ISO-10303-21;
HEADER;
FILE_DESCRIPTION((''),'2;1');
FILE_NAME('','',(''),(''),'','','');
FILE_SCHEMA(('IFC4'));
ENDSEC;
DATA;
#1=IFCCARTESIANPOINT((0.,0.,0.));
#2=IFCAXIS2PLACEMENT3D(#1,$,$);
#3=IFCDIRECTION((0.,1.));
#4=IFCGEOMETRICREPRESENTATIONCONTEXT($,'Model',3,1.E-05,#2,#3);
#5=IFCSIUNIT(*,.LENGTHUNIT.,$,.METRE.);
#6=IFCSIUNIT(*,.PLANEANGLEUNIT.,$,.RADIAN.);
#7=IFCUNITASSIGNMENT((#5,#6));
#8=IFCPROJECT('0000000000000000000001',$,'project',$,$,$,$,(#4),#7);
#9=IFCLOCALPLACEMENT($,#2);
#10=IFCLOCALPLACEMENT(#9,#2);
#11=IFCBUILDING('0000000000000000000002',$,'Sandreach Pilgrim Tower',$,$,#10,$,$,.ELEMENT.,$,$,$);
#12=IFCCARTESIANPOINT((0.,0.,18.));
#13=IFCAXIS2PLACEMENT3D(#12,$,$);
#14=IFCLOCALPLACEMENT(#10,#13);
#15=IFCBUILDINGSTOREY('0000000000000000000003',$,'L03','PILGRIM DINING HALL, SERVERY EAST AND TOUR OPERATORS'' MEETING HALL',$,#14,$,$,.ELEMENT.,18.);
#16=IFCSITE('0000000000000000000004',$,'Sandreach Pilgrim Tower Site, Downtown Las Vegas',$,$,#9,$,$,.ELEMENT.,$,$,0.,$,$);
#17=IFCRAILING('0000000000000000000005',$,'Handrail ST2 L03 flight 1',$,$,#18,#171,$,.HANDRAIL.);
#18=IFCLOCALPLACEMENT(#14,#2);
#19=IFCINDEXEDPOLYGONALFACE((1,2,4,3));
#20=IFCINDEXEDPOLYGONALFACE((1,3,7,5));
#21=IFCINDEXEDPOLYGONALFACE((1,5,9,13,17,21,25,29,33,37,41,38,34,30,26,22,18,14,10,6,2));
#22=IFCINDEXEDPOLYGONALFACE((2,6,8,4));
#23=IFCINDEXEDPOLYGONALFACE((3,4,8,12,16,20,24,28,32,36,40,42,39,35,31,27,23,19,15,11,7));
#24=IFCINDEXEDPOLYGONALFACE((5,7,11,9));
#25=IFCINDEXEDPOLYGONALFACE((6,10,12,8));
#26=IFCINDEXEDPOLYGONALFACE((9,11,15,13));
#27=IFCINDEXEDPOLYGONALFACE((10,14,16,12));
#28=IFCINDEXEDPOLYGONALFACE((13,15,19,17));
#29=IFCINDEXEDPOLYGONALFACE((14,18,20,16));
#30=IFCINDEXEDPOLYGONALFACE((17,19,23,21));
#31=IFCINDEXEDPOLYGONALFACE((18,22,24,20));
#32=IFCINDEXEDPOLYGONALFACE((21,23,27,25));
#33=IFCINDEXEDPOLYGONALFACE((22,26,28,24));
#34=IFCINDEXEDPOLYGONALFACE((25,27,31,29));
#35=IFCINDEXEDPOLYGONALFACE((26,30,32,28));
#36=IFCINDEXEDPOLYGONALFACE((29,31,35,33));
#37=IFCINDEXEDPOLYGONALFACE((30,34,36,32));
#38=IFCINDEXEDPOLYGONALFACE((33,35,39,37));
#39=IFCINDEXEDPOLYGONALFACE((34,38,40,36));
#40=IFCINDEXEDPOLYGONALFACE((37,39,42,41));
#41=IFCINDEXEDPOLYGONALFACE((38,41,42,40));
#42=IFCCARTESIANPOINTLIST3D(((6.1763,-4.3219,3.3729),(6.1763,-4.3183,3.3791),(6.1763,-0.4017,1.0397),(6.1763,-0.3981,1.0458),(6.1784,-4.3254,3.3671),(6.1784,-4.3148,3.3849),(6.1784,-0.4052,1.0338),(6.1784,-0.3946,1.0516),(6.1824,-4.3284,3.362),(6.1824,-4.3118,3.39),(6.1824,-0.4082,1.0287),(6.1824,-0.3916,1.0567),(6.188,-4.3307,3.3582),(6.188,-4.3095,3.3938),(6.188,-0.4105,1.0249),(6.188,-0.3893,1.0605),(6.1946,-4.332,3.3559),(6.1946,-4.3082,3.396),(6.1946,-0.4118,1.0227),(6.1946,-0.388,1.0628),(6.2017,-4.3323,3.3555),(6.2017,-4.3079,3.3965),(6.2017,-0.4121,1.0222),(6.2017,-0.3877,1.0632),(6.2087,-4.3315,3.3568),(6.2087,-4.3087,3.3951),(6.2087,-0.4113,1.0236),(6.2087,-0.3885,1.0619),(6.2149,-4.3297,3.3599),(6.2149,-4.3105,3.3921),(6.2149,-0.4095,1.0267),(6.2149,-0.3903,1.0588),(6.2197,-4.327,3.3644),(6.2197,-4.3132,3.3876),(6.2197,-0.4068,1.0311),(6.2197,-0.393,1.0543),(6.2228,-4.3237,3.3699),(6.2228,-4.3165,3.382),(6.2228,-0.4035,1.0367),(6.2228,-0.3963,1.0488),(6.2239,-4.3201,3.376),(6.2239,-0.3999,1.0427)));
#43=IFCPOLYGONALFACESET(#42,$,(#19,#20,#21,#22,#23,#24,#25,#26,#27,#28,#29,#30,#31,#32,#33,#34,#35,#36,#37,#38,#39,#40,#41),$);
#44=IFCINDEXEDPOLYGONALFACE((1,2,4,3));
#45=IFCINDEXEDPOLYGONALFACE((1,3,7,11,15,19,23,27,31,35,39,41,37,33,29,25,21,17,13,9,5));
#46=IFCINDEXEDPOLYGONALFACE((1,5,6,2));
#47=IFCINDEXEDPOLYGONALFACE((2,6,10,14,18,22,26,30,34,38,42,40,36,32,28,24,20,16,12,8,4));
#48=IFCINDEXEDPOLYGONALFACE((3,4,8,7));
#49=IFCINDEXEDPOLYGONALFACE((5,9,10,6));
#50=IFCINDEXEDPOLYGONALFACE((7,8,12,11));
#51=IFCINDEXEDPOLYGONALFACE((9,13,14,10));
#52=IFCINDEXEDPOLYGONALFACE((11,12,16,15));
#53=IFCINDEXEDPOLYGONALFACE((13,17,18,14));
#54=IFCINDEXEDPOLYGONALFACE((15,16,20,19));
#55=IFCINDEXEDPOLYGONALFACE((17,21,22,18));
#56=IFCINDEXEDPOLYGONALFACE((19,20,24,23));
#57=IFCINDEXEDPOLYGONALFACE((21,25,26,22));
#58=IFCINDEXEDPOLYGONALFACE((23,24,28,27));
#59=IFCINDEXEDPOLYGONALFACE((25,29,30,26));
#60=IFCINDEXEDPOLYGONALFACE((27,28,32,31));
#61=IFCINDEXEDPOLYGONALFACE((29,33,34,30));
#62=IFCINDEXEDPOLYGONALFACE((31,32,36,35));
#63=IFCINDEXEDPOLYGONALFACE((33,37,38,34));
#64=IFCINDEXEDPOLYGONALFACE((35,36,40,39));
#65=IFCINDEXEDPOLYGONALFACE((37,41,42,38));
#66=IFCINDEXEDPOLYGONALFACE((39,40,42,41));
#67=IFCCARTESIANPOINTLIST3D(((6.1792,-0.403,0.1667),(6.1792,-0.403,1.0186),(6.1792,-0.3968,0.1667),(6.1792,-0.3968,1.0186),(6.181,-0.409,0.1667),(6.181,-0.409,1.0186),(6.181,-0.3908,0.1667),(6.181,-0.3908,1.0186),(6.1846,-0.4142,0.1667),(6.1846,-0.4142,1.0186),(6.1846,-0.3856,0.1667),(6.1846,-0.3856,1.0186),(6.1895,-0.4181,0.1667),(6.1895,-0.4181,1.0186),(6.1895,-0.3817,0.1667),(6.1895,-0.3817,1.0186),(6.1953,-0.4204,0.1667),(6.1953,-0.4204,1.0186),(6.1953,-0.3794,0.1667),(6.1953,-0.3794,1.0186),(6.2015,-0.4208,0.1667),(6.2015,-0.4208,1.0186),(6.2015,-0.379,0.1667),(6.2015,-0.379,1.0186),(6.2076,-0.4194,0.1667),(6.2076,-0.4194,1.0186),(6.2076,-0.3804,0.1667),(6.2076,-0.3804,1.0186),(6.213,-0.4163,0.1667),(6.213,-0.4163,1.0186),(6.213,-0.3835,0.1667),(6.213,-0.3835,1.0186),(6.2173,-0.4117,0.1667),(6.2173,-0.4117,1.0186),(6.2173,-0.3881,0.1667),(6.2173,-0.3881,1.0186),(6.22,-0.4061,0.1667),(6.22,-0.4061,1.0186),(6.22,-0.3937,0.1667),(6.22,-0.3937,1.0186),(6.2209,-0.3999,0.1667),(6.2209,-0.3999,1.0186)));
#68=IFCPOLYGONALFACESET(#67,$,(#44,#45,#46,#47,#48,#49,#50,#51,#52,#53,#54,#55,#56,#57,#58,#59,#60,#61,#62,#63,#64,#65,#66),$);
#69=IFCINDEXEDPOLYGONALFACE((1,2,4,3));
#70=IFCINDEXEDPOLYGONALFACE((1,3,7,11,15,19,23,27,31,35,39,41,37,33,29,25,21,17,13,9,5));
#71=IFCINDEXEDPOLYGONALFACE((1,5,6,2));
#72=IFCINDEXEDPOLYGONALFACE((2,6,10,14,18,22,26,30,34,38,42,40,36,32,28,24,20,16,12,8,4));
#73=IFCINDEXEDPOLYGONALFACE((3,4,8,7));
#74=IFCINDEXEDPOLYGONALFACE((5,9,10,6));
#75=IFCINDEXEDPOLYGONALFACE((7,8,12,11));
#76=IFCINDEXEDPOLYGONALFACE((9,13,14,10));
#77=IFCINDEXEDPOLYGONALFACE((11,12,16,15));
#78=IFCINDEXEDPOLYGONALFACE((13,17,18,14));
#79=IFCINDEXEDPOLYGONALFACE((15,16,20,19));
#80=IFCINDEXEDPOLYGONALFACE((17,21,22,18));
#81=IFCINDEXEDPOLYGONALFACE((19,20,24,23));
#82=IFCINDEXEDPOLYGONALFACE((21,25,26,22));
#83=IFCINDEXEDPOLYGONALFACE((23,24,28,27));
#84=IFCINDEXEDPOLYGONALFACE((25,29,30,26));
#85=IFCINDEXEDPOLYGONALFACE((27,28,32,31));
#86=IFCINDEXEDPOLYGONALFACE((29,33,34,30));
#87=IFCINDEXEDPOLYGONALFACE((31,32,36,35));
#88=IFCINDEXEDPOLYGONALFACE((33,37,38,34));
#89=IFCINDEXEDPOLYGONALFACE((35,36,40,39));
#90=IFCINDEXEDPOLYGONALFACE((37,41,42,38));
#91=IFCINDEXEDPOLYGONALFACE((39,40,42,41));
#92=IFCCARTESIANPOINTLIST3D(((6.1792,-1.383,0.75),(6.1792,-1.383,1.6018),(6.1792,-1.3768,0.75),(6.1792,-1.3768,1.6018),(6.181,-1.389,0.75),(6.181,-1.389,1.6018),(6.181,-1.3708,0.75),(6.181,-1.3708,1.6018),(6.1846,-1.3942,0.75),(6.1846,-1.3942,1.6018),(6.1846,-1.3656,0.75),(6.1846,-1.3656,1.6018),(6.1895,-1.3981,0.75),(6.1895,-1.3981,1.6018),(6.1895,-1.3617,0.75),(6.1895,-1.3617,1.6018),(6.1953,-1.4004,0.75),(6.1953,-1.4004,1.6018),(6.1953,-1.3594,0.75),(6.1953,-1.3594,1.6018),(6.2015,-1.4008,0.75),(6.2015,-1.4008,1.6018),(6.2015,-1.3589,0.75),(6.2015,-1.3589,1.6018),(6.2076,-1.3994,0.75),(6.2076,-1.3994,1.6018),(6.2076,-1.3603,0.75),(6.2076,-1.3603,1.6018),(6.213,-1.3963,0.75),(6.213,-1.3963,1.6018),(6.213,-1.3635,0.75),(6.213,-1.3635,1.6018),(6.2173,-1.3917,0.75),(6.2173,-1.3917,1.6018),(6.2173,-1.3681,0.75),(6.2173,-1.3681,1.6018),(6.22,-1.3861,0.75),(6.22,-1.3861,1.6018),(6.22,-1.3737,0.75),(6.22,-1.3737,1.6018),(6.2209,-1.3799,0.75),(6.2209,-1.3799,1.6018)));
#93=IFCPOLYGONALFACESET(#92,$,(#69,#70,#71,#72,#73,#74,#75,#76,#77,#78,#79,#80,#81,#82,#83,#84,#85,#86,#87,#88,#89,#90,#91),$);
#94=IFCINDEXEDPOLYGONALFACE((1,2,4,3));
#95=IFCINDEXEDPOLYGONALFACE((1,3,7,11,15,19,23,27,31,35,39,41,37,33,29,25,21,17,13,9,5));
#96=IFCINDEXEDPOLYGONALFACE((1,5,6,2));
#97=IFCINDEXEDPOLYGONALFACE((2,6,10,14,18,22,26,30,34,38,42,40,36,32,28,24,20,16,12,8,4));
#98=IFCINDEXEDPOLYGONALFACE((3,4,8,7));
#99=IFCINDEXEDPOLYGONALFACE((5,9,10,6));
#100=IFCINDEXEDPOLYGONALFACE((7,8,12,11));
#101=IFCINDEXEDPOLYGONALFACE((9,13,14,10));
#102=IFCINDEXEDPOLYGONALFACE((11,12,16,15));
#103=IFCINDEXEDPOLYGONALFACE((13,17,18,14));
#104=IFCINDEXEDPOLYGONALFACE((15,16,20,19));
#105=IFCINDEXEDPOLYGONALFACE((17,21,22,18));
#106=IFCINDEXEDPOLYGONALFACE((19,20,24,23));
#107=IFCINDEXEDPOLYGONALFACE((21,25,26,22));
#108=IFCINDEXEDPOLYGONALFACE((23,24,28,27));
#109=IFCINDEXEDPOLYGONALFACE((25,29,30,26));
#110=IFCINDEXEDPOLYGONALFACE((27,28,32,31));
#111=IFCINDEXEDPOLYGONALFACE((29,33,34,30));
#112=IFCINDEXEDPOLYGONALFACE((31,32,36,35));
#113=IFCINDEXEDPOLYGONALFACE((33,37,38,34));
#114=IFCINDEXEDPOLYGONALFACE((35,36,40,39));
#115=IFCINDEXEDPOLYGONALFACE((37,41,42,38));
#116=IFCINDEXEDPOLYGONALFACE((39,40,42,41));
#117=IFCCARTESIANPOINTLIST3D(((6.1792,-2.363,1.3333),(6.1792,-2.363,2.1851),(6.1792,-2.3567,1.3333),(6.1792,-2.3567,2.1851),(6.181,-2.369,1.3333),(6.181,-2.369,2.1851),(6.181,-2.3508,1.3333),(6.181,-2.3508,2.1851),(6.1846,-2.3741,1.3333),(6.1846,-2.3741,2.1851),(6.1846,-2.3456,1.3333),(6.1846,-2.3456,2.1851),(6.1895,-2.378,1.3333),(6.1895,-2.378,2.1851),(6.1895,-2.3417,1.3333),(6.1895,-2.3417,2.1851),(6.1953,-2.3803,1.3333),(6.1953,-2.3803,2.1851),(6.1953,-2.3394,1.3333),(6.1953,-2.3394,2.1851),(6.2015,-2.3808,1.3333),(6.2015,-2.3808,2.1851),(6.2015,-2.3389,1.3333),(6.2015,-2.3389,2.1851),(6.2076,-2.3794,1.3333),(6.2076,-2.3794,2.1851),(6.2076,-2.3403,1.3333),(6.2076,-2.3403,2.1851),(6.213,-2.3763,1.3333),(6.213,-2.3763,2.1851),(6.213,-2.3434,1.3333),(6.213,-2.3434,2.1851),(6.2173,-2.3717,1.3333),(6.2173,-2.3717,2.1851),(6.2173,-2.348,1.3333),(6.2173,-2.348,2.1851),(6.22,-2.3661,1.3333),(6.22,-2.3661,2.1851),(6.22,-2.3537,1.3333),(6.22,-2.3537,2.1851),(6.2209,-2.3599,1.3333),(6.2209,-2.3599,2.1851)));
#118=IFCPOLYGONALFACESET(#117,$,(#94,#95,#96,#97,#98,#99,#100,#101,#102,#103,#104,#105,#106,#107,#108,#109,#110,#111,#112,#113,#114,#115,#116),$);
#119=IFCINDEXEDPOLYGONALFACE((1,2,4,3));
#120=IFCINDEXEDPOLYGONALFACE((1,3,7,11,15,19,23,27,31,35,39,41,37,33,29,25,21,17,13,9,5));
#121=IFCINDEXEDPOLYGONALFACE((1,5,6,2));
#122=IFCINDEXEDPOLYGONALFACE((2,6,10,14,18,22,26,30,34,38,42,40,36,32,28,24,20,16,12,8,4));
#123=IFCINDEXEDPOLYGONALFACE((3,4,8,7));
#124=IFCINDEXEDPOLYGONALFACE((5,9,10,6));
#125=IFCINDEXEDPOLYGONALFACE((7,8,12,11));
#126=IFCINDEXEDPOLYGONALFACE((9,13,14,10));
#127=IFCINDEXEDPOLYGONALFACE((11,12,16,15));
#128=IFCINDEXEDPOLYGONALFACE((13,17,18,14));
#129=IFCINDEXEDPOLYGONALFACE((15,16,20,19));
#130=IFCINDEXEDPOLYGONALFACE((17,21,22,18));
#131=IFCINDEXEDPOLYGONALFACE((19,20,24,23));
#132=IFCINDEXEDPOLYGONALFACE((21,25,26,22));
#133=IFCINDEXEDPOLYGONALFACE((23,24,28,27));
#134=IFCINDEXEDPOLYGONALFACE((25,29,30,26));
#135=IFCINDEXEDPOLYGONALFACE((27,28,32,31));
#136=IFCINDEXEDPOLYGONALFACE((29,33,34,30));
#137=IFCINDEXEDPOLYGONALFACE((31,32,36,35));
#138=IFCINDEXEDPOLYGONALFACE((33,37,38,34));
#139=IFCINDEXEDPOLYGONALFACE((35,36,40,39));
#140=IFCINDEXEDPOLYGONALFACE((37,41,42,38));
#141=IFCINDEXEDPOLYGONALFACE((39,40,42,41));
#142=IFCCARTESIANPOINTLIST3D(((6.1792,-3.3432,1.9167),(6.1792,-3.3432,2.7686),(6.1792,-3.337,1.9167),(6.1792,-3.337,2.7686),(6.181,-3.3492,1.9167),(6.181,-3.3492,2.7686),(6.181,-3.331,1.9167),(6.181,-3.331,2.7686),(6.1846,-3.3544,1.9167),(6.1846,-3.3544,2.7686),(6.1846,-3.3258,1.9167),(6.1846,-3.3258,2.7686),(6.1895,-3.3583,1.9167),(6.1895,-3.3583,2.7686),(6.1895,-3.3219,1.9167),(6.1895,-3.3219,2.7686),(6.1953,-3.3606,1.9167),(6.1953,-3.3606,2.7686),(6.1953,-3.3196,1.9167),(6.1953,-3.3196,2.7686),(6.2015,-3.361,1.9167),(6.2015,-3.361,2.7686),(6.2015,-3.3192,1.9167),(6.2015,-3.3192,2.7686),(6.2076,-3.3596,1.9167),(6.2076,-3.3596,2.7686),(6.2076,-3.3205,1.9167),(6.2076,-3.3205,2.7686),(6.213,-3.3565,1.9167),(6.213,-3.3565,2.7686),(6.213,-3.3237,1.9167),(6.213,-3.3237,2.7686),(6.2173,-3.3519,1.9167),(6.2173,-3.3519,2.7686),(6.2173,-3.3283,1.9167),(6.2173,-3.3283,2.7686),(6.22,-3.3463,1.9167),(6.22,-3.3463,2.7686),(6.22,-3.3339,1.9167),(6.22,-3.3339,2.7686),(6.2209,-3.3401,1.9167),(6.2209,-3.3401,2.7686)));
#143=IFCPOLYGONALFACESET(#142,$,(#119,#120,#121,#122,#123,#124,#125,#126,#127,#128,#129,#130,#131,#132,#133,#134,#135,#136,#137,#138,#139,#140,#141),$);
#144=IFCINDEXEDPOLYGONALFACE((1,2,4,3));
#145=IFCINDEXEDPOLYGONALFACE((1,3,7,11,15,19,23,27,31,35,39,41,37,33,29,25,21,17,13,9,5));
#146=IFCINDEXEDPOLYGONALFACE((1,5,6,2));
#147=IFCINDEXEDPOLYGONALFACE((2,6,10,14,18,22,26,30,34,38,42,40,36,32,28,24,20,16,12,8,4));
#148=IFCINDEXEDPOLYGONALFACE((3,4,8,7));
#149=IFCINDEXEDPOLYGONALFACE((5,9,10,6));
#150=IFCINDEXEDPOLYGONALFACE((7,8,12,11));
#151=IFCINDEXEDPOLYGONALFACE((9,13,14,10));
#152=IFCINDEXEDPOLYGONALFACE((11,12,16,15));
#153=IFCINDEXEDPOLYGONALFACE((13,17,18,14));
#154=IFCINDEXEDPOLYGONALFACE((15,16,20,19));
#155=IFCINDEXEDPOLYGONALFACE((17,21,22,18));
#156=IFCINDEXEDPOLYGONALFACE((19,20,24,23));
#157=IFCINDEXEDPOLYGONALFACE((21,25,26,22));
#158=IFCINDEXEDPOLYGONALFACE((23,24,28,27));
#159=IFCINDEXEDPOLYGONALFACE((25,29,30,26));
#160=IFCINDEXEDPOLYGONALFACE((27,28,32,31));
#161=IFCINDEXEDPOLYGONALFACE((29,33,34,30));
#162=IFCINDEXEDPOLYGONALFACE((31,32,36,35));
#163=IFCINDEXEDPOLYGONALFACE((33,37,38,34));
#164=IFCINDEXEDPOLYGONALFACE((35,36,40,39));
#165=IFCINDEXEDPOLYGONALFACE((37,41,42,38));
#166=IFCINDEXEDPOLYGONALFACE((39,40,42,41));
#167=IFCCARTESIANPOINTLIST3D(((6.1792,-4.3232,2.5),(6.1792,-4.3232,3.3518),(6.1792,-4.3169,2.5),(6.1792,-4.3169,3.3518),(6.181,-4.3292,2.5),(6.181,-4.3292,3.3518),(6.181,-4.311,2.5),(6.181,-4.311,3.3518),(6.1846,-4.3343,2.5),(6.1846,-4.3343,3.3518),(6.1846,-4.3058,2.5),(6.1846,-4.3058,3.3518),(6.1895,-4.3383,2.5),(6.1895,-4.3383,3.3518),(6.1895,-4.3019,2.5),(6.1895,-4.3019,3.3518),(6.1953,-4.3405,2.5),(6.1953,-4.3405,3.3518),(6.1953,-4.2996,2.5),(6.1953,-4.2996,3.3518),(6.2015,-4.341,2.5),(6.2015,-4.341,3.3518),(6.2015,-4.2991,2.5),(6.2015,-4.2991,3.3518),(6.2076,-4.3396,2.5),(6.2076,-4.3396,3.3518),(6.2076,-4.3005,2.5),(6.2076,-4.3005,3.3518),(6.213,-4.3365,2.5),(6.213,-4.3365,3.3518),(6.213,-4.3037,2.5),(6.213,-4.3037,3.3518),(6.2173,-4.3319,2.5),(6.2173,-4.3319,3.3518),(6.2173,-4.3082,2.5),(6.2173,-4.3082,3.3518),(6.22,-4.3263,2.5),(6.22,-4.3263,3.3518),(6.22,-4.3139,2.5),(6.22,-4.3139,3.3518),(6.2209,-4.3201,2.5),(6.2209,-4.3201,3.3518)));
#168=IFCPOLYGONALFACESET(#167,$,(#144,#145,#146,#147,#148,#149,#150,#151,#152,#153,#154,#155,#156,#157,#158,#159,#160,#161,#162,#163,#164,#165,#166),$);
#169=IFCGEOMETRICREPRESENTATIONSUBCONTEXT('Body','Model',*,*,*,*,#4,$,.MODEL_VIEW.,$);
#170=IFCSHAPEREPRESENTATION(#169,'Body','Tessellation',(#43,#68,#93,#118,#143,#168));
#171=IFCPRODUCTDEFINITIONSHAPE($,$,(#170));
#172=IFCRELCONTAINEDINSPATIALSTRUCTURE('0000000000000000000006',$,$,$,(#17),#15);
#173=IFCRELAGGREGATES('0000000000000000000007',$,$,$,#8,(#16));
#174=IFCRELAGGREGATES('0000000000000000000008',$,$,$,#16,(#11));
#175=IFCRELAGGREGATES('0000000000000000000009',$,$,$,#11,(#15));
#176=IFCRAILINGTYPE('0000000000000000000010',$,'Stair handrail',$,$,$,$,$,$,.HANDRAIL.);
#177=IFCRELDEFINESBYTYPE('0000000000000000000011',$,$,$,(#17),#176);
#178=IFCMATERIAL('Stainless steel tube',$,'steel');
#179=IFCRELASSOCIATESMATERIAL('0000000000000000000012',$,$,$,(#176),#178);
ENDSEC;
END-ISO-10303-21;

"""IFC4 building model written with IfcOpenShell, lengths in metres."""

from ifc_helpers import new_model, si_unit, direction, frame, origin, origin_2d, place, context, subcontext, project, spatial, circle, extrude, material, type_object, element, save


model = new_model("IFC4")

# Units and contexts
model_context = context("Model", 3, precision=1e-05, world=origin(), true_north=direction((0.0, 1.0)))
body_context = subcontext(model_context, "Body", "Model", "MODEL_VIEW")
ifc_project = project(units=[si_unit("LENGTHUNIT", "METRE"), si_unit("PLANEANGLEUNIT", "RADIAN")], contexts=[model_context])

# Site, building, storey
site_placement = place(None, origin())
site = spatial("IfcSite", under=ifc_project, at=site_placement, Name="Sandreach Pilgrim Tower Site, Downtown Las Vegas", CompositionType="ELEMENT", RefElevation=0.0)
building_placement = place(site_placement, origin())
building = spatial("IfcBuilding", under=site, at=building_placement, Name="Sandreach Pilgrim Tower", CompositionType="ELEMENT")
storey_placement = place(building_placement, frame((0.0, 0.0, 18.0)))
storey = spatial("IfcBuildingStorey", under=building, at=storey_placement, Name="L03", Description="PILGRIM DINING HALL, SERVERY EAST AND TOUR OPERATORS' MEETING HALL", CompositionType="ELEMENT", Elevation=18.0)

# Railing
ifc_material_1 = material(Name="Stainless steel tube", Category="steel")
railing_type = type_object("IfcRailingType", Name="Stair handrail", PredefinedType="HANDRAIL", material=ifc_material_1)
for number, where, name in (
    (1, (6.2, -0.3999, 0.1667), "Handrail ST2 L03 flight 1"),
):
    element("IfcRailing", number, at=place(storey_placement, frame(where)), inside=storey, type_object=railing_type, Name=name, PredefinedType="HANDRAIL", context=body_context, shape_type="SweptSolid", body=[
        extrude(circle(Radius=0.0239, at=origin_2d()), frame((0.0, 0.0, 0.876), z_axis=(0.0, -0.85931, 0.511455), x_axis=(1.0, 0.0, 0.0)), (0.0, 0.0, 1.0), 4.562),
        extrude(circle(Radius=0.021, at=origin_2d()), origin(), (0.0, 0.0, 1.0), 0.8518),
        extrude(circle(Radius=0.021, at=origin_2d()), frame((0.0, -0.98, 0.5833)), (0.0, 0.0, 1.0), 0.8518),
        extrude(circle(Radius=0.021, at=origin_2d()), frame((0.0, -1.96, 1.1665)), (0.0, 0.0, 1.0), 0.8518),
        extrude(circle(Radius=0.021, at=origin_2d()), frame((0.0, -2.9402, 1.75)), (0.0, 0.0, 1.0), 0.8518),
        extrude(circle(Radius=0.021, at=origin_2d()), frame((0.0, -3.9202, 2.3333)), (0.0, 0.0, 1.0), 0.8518),
    ])

save(model, "model.ifc")
